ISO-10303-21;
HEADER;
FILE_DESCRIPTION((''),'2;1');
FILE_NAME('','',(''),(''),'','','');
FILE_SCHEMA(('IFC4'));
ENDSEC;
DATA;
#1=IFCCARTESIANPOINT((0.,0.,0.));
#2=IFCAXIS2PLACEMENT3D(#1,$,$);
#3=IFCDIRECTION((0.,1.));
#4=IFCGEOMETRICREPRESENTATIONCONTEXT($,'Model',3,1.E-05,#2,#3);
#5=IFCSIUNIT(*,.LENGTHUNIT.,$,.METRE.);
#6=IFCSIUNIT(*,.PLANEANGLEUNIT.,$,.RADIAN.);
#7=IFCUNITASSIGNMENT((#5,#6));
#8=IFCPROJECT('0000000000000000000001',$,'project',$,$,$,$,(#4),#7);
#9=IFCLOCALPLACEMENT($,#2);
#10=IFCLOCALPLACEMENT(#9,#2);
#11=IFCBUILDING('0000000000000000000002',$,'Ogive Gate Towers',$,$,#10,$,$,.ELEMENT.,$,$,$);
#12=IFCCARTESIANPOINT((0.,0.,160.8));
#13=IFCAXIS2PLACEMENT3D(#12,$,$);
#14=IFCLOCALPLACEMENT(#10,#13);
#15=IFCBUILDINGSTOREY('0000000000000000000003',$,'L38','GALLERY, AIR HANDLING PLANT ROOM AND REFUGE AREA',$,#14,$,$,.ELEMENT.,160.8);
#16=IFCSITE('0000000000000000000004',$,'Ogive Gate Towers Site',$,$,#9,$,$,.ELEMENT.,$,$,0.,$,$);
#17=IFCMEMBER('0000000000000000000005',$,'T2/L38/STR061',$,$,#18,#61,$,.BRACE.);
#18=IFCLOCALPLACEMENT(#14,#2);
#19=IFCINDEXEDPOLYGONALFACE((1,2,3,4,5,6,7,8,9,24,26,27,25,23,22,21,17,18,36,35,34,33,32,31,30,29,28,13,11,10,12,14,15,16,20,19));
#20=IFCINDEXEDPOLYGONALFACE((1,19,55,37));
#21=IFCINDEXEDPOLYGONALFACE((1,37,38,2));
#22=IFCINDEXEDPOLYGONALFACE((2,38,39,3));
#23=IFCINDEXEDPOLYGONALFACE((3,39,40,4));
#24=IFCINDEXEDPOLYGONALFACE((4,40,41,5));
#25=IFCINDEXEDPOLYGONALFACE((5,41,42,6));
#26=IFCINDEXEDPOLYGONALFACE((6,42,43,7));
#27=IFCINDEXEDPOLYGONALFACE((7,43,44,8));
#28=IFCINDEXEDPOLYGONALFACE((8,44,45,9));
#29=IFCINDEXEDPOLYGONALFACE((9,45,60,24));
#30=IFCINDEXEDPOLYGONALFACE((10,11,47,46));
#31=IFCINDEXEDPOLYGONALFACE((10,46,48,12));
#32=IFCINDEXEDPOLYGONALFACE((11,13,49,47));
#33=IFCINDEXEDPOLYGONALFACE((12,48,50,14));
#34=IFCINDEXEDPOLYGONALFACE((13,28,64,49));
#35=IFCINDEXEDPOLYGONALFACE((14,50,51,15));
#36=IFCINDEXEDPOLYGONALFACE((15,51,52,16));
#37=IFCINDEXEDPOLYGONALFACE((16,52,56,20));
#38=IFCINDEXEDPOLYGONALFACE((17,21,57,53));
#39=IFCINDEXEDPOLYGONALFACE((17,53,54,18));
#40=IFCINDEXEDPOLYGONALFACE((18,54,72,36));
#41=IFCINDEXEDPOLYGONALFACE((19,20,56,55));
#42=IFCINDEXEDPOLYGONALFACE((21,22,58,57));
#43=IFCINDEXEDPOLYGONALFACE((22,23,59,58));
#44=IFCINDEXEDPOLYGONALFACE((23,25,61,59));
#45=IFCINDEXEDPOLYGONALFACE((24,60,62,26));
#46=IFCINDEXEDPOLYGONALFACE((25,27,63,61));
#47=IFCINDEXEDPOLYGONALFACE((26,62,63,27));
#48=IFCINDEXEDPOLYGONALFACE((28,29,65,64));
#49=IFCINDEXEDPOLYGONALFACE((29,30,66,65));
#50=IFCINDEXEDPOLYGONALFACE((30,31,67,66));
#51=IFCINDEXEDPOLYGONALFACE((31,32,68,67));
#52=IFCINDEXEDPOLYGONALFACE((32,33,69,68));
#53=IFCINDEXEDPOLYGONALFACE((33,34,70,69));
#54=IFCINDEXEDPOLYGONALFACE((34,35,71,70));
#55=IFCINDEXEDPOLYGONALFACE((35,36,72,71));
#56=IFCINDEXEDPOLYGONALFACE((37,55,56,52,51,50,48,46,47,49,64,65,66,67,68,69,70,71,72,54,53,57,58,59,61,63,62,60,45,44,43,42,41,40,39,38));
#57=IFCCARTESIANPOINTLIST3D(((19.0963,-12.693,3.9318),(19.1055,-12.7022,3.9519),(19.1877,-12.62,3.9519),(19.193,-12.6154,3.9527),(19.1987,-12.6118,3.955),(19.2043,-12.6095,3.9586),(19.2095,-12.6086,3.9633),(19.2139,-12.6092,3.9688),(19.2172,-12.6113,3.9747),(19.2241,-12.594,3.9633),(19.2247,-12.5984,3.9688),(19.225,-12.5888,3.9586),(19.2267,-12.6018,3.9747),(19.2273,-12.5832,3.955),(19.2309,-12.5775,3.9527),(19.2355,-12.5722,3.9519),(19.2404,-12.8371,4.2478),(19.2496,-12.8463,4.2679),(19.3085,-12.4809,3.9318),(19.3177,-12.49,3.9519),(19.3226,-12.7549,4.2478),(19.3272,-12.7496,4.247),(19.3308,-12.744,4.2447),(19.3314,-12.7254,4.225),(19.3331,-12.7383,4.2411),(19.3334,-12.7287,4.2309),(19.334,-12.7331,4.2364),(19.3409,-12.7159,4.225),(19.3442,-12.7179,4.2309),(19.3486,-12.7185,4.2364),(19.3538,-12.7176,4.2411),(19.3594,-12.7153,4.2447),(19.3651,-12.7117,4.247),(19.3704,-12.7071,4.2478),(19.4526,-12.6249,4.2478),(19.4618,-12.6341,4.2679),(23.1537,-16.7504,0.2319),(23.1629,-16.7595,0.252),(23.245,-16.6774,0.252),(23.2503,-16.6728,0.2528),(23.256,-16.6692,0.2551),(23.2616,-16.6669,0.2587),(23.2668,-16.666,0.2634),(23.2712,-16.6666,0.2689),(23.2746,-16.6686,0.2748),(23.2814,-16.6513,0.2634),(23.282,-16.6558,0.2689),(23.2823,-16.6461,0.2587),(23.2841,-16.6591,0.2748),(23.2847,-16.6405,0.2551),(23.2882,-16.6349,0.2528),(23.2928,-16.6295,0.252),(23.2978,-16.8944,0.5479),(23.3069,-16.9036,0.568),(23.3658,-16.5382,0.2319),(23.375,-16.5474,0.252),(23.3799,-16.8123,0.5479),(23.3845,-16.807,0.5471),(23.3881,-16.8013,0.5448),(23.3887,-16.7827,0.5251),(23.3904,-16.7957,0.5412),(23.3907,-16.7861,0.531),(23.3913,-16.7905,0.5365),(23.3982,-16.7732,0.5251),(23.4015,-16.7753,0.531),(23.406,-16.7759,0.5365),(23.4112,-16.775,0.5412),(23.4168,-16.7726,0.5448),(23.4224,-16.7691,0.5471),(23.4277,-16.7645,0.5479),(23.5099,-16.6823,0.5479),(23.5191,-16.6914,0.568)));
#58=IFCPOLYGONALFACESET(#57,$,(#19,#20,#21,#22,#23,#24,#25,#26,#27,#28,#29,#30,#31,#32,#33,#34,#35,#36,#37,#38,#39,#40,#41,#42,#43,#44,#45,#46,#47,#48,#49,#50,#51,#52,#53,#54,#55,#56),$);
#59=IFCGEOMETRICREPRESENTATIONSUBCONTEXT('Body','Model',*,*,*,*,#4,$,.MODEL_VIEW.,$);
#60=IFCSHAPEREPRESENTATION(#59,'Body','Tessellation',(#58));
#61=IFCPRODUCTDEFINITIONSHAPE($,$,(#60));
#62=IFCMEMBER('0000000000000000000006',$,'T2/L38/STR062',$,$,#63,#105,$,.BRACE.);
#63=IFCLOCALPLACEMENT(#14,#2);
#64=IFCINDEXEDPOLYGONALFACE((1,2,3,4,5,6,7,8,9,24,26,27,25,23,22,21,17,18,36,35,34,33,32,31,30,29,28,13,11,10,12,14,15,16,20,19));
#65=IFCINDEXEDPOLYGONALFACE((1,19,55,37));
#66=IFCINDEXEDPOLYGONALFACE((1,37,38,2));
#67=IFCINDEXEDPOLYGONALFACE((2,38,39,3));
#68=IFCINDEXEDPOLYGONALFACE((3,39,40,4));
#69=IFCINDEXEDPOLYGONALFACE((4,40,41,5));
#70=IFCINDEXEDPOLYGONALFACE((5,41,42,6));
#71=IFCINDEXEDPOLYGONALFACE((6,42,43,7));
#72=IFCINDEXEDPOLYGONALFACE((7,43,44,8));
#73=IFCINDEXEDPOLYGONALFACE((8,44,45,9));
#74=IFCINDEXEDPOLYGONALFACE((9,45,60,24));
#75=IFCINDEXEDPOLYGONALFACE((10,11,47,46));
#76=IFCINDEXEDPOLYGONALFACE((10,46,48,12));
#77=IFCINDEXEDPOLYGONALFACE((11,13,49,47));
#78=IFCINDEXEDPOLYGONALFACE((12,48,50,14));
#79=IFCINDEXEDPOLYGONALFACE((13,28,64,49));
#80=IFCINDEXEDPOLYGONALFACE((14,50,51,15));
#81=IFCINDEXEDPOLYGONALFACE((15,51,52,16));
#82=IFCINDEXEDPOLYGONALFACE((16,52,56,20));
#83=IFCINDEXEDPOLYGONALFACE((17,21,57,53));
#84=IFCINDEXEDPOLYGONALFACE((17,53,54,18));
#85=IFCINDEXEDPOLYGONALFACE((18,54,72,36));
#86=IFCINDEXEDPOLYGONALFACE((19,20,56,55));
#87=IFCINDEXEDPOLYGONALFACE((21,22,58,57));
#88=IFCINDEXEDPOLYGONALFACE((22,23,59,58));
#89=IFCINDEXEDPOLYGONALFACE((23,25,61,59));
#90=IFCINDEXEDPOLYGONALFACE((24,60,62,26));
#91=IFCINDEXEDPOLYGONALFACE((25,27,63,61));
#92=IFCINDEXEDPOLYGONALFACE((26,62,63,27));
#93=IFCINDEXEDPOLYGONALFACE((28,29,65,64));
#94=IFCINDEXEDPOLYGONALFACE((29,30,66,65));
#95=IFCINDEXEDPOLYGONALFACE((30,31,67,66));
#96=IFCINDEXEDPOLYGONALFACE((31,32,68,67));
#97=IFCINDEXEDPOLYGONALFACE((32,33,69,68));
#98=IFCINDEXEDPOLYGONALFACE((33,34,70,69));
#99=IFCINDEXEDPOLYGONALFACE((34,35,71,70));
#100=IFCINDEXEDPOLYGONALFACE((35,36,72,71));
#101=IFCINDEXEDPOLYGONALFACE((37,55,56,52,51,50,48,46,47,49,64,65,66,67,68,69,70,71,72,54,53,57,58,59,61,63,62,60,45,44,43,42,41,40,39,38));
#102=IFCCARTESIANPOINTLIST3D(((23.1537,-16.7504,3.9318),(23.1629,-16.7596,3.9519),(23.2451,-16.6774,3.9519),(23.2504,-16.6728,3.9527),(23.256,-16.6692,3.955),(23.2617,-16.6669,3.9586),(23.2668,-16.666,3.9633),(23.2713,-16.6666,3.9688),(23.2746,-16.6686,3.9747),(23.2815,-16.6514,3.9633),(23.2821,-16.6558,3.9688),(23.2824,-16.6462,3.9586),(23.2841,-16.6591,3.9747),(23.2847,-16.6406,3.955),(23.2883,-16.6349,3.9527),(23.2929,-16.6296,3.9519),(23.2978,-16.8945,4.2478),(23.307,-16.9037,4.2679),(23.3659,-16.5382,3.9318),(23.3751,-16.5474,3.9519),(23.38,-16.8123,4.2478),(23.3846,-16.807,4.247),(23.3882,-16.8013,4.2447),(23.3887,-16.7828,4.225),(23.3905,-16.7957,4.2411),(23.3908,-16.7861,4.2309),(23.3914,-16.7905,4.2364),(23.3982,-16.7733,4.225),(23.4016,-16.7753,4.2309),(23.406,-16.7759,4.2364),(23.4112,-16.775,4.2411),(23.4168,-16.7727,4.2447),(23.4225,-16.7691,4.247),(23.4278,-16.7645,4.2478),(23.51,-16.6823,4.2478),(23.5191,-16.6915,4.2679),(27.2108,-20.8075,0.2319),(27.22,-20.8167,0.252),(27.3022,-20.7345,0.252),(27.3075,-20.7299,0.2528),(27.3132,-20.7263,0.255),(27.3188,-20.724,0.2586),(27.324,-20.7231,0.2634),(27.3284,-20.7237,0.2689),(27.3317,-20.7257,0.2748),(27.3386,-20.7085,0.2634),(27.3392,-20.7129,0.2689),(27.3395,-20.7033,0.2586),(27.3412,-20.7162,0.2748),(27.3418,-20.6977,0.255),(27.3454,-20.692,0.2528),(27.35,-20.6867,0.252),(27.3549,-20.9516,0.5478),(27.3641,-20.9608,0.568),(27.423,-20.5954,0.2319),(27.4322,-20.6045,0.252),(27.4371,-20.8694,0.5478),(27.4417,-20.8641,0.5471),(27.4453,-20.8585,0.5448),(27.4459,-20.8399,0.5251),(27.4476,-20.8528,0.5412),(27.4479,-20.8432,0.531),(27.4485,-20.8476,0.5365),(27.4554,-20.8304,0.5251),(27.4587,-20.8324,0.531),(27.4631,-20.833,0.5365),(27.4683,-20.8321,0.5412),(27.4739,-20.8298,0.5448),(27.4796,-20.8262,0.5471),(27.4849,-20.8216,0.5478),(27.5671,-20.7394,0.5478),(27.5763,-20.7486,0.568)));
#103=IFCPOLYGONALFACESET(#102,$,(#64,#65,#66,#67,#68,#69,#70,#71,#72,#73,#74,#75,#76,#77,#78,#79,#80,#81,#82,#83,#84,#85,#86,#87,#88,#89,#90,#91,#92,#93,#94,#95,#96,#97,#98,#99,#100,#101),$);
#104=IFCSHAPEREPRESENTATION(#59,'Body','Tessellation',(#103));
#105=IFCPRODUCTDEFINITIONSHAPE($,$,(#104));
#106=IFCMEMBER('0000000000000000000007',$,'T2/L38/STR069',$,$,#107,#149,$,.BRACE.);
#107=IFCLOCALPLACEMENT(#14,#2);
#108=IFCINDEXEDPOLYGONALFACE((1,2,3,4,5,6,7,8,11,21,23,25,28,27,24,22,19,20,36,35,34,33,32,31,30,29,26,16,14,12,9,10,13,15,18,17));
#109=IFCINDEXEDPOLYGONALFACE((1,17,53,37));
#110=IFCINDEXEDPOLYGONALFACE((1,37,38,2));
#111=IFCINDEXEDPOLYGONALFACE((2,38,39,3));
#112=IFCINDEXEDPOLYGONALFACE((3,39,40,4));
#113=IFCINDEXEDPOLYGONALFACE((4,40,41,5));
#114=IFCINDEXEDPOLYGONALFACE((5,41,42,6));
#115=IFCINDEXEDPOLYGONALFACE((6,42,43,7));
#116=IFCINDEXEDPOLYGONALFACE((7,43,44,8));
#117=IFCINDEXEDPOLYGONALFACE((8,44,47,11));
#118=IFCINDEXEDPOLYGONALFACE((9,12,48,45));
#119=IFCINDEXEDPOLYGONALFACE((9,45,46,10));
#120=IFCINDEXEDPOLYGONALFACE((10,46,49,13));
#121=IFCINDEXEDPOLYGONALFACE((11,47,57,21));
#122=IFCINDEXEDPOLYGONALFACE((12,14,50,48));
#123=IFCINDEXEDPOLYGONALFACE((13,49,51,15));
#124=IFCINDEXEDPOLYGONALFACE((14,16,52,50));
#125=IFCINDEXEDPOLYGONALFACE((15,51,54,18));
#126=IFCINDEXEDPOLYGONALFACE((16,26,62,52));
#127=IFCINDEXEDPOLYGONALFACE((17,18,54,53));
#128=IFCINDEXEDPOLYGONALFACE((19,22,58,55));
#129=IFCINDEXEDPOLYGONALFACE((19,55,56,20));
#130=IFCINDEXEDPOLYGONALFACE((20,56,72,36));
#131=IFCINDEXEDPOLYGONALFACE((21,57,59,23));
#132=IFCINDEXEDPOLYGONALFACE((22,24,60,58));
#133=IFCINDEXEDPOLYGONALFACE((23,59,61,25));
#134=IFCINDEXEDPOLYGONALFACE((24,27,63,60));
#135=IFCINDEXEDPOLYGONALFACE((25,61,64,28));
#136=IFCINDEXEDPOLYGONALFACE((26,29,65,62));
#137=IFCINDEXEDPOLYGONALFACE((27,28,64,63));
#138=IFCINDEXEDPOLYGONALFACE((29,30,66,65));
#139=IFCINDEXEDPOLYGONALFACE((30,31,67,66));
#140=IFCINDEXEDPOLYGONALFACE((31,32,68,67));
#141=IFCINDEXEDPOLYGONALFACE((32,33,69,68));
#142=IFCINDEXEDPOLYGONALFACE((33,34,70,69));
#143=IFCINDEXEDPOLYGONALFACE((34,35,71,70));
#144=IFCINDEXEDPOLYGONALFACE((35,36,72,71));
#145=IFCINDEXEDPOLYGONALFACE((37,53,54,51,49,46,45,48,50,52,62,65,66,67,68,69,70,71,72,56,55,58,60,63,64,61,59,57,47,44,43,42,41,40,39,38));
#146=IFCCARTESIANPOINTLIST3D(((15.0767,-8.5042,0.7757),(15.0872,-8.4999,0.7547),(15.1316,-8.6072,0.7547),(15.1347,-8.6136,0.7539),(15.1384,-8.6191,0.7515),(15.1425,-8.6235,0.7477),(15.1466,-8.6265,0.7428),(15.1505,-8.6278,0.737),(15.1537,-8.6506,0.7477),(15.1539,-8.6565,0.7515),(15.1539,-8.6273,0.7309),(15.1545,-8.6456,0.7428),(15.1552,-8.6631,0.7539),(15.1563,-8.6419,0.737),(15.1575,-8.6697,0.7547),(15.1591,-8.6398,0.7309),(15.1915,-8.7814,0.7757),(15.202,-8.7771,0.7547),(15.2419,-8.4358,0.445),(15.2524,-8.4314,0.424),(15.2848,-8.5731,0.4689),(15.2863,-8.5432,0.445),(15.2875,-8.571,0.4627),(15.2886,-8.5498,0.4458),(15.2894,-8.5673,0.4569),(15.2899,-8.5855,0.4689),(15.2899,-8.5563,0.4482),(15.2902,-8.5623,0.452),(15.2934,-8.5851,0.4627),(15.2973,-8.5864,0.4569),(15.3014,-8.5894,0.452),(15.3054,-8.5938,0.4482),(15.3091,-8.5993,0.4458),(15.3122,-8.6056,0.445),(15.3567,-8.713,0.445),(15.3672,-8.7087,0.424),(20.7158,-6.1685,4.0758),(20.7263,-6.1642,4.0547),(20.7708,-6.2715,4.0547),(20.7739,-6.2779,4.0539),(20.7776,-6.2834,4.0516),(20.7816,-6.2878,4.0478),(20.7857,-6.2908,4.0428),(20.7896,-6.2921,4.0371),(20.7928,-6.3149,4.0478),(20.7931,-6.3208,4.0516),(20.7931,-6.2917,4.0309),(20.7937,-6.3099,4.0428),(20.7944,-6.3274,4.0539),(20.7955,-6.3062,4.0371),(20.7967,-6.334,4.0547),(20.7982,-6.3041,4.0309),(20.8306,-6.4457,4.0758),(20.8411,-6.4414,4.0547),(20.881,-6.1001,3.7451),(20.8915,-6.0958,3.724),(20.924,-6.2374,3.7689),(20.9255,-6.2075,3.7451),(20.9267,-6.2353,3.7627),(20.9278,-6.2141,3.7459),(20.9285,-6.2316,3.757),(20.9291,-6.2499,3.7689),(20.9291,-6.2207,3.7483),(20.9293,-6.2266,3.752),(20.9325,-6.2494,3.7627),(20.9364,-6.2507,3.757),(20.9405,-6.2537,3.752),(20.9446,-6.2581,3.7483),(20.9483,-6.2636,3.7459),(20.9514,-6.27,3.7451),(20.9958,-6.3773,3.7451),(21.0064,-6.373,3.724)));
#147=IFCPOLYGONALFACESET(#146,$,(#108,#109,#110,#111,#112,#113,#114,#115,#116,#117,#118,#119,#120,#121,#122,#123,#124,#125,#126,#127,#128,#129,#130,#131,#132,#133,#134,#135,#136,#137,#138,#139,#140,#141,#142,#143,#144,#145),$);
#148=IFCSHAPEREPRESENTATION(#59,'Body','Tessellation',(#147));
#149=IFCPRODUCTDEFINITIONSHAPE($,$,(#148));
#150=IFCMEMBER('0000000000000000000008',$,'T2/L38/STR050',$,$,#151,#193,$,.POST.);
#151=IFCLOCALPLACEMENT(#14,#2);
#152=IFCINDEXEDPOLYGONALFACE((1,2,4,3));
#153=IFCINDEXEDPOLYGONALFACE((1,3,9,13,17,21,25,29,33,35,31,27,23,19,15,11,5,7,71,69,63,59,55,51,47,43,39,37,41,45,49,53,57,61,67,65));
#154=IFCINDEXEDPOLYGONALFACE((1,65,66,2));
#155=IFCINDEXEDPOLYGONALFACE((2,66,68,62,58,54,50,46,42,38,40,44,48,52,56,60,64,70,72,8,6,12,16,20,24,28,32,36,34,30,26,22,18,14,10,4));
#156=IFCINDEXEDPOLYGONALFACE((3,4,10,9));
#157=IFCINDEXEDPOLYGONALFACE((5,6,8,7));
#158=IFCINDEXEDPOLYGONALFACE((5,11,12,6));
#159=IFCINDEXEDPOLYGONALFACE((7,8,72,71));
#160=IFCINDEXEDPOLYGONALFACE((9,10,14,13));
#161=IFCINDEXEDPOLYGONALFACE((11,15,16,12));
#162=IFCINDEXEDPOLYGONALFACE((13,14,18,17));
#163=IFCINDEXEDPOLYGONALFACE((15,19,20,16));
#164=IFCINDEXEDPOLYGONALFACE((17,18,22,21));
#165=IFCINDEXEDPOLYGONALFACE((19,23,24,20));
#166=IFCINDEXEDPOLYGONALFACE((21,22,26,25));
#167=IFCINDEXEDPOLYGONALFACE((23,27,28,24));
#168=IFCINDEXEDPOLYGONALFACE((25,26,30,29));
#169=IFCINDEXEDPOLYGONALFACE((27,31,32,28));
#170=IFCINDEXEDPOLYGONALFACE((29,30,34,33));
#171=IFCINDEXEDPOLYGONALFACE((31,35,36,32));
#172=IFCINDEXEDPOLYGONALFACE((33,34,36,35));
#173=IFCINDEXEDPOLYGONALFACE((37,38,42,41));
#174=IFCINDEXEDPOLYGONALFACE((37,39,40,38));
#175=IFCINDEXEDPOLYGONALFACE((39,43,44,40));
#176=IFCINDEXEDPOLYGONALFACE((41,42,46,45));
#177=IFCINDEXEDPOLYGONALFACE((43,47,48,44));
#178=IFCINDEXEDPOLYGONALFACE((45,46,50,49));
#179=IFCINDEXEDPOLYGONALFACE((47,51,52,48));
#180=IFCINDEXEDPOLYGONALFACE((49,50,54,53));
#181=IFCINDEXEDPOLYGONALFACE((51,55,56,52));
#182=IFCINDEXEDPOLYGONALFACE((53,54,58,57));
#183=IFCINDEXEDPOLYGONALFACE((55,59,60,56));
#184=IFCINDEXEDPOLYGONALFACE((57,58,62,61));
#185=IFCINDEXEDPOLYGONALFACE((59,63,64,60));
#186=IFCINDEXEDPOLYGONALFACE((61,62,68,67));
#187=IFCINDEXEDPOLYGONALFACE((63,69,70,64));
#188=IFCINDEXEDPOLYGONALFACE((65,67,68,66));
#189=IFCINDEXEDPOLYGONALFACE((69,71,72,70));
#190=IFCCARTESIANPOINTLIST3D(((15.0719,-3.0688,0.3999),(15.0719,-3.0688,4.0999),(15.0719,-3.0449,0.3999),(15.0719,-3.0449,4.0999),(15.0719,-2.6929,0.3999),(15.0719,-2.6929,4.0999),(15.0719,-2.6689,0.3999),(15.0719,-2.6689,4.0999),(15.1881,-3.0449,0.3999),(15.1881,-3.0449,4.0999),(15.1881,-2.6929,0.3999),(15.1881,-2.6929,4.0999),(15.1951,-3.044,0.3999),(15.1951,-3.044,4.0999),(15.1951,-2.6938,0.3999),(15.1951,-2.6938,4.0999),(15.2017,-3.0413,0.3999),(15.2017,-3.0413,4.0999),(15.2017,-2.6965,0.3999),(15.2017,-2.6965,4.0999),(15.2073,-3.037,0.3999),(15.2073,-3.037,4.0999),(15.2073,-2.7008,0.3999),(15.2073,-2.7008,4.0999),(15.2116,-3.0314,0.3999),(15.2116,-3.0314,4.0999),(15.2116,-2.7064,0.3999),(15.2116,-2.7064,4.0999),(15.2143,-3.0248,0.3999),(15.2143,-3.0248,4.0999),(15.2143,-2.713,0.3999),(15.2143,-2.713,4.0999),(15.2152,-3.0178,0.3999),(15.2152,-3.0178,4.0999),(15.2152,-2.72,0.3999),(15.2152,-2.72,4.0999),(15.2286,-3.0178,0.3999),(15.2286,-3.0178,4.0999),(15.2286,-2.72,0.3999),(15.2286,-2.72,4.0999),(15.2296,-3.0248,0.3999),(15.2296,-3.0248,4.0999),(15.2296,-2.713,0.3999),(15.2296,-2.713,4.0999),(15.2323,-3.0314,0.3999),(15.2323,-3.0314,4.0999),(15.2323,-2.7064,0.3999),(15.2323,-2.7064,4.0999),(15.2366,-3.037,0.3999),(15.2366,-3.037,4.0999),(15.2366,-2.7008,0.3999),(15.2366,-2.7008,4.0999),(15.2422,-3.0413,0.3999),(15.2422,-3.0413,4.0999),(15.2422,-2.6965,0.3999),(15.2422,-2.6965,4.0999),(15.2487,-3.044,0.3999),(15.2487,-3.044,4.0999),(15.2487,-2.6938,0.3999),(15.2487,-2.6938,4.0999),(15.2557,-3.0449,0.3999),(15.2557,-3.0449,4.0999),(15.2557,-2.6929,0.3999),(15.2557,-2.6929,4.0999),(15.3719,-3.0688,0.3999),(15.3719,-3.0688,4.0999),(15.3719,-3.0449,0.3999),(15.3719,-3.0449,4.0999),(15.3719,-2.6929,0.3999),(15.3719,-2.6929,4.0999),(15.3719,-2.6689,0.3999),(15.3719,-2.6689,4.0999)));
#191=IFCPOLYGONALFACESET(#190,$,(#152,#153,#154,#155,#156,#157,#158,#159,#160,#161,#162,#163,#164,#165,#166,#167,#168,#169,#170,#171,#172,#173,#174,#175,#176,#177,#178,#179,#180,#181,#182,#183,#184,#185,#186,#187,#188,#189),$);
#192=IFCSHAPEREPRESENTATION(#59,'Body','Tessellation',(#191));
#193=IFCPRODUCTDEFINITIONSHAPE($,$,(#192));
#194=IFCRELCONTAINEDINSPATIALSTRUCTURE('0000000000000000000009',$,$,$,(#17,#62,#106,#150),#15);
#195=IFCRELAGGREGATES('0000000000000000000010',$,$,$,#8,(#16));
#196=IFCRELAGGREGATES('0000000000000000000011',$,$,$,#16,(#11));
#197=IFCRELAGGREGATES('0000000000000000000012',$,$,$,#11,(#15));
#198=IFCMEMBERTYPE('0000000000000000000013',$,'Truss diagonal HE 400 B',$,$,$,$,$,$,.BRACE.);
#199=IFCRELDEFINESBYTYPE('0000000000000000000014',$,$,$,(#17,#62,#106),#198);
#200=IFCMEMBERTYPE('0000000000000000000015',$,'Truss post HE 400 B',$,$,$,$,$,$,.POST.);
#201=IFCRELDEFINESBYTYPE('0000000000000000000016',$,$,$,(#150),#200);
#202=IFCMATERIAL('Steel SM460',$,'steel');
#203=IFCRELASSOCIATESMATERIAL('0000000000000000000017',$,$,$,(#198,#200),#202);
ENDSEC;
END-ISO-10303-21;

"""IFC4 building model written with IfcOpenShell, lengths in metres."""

from ifc_helpers import new_model, si_unit, direction, frame, origin, origin_2d, place, context, subcontext, project, spatial, i_section, extrude, material, material_profile, profile_set, type_object, element, save


model = new_model("IFC4")

# Units and contexts
model_context = context("Model", 3, precision=1e-05, world=origin(), true_north=direction((0.0, 1.0)))
body_context = subcontext(model_context, "Body", "Model", "MODEL_VIEW")
ifc_project = project(units=[si_unit("LENGTHUNIT", "METRE"), si_unit("PLANEANGLEUNIT", "RADIAN")], contexts=[model_context])

# Site, building, storey
site_placement = place(None, origin())
site = spatial("IfcSite", under=ifc_project, at=site_placement, Name="Ogive Gate Towers Site", CompositionType="ELEMENT", RefElevation=0.0)
building_placement = place(site_placement, origin())
building = spatial("IfcBuilding", under=site, at=building_placement, Name="Ogive Gate Towers", CompositionType="ELEMENT")
storey_placement = place(building_placement, frame((0.0, 0.0, 160.8)))
storey = spatial("IfcBuildingStorey", under=building, at=storey_placement, Name="L38", Description="GALLERY, AIR HANDLING PLANT ROOM AND REFUGE AREA", CompositionType="ELEMENT", Elevation=160.8)

# Shared definitions
ifc_material_1 = material(Name="Steel SM460", Category="steel")

# Members
ifc_material_profile_1 = material_profile(ifc_material_1, i_section(OverallWidth=0.3, OverallDepth=0.3999, WebThickness=0.0134, FlangeThickness=0.0239, FilletRadius=0.0271, at=origin_2d()), Name="HE 400 B")
ifc_profile_set_1 = profile_set([ifc_material_profile_1], Name="Steel SM460")
member_type_1 = type_object("IfcMemberType", Name="Truss diagonal HE 400 B", PredefinedType="BRACE", material=ifc_profile_set_1)
member_1_placement = place(storey_placement, frame((19.2791, -12.6636, 4.0999), z_axis=(0.594273, -0.594273, -0.541922), x_axis=(0.707107, 0.707107, 0.0)))
element("IfcMember", 1, at=member_1_placement, inside=storey, type_object=member_type_1, Name="T2/L38/STR061", PredefinedType="BRACE", context=body_context, shape_type="SweptSolid", body=[
    extrude(i_section(OverallWidth=0.3, OverallDepth=0.3999, WebThickness=0.0134, FlangeThickness=0.0239, FilletRadius=0.0271, at=origin_2d()), origin(), (0.0, 0.0, 1.0), 6.8274),
])
member_2_placement = place(storey_placement, frame((23.3364, -16.7209, 4.0999), z_axis=(0.594262, -0.594262, -0.541945), x_axis=(0.707107, 0.707107, 0.0)))
element("IfcMember", 2, at=member_2_placement, inside=storey, type_object=member_type_1, Name="T2/L38/STR062", PredefinedType="BRACE", context=body_context, shape_type="SweptSolid", body=[
    extrude(i_section(OverallWidth=0.3, OverallDepth=0.3999, WebThickness=0.0134, FlangeThickness=0.0239, FilletRadius=0.0271, at=origin_2d()), origin(), (0.0, 0.0, 1.0), 6.8271),
])
member_3_placement = place(storey_placement, frame((20.8611, -6.2708, 3.8999), z_axis=(-0.812708, -0.336617, -0.475599), x_axis=(0.382666, -0.923887, 0.0)))
element("IfcMember", 3, at=member_3_placement, inside=storey, type_object=member_type_1, Name="T2/L38/STR069", PredefinedType="BRACE", context=body_context, shape_type="SweptSolid", body=[
    extrude(i_section(OverallWidth=0.3, OverallDepth=0.3999, WebThickness=0.0134, FlangeThickness=0.0239, FilletRadius=0.0271, at=origin_2d()), origin(), (0.0, 0.0, 1.0), 6.9387),
])
ifc_material_profile_2 = material_profile(ifc_material_1, i_section(OverallWidth=0.3, OverallDepth=0.3999, WebThickness=0.0134, FlangeThickness=0.0239, FilletRadius=0.0271, at=origin_2d()), Name="HE 400 B")
ifc_profile_set_2 = profile_set([ifc_material_profile_2], Name="Steel SM460")
member_type_2 = type_object("IfcMemberType", Name="Truss post HE 400 B", PredefinedType="POST", material=ifc_profile_set_2)
for number, where, z_axis, x_axis, name in (
    (4, (15.2219, -2.8689, 0.3999), (0.0, 0.0, 1.0), (1.0, 0.0, 0.0), "T2/L38/STR050"),
):
    element("IfcMember", number, at=place(storey_placement, frame(where, z_axis=z_axis, x_axis=x_axis)), inside=storey, type_object=member_type_2, Name=name, PredefinedType="POST", context=body_context, shape_type="SweptSolid", body=[
        extrude(i_section(OverallWidth=0.3, OverallDepth=0.3999, WebThickness=0.0134, FlangeThickness=0.0239, FilletRadius=0.0271, at=origin_2d()), origin(), (0.0, 0.0, 1.0), 3.7),
    ])

save(model, "model.ifc")
